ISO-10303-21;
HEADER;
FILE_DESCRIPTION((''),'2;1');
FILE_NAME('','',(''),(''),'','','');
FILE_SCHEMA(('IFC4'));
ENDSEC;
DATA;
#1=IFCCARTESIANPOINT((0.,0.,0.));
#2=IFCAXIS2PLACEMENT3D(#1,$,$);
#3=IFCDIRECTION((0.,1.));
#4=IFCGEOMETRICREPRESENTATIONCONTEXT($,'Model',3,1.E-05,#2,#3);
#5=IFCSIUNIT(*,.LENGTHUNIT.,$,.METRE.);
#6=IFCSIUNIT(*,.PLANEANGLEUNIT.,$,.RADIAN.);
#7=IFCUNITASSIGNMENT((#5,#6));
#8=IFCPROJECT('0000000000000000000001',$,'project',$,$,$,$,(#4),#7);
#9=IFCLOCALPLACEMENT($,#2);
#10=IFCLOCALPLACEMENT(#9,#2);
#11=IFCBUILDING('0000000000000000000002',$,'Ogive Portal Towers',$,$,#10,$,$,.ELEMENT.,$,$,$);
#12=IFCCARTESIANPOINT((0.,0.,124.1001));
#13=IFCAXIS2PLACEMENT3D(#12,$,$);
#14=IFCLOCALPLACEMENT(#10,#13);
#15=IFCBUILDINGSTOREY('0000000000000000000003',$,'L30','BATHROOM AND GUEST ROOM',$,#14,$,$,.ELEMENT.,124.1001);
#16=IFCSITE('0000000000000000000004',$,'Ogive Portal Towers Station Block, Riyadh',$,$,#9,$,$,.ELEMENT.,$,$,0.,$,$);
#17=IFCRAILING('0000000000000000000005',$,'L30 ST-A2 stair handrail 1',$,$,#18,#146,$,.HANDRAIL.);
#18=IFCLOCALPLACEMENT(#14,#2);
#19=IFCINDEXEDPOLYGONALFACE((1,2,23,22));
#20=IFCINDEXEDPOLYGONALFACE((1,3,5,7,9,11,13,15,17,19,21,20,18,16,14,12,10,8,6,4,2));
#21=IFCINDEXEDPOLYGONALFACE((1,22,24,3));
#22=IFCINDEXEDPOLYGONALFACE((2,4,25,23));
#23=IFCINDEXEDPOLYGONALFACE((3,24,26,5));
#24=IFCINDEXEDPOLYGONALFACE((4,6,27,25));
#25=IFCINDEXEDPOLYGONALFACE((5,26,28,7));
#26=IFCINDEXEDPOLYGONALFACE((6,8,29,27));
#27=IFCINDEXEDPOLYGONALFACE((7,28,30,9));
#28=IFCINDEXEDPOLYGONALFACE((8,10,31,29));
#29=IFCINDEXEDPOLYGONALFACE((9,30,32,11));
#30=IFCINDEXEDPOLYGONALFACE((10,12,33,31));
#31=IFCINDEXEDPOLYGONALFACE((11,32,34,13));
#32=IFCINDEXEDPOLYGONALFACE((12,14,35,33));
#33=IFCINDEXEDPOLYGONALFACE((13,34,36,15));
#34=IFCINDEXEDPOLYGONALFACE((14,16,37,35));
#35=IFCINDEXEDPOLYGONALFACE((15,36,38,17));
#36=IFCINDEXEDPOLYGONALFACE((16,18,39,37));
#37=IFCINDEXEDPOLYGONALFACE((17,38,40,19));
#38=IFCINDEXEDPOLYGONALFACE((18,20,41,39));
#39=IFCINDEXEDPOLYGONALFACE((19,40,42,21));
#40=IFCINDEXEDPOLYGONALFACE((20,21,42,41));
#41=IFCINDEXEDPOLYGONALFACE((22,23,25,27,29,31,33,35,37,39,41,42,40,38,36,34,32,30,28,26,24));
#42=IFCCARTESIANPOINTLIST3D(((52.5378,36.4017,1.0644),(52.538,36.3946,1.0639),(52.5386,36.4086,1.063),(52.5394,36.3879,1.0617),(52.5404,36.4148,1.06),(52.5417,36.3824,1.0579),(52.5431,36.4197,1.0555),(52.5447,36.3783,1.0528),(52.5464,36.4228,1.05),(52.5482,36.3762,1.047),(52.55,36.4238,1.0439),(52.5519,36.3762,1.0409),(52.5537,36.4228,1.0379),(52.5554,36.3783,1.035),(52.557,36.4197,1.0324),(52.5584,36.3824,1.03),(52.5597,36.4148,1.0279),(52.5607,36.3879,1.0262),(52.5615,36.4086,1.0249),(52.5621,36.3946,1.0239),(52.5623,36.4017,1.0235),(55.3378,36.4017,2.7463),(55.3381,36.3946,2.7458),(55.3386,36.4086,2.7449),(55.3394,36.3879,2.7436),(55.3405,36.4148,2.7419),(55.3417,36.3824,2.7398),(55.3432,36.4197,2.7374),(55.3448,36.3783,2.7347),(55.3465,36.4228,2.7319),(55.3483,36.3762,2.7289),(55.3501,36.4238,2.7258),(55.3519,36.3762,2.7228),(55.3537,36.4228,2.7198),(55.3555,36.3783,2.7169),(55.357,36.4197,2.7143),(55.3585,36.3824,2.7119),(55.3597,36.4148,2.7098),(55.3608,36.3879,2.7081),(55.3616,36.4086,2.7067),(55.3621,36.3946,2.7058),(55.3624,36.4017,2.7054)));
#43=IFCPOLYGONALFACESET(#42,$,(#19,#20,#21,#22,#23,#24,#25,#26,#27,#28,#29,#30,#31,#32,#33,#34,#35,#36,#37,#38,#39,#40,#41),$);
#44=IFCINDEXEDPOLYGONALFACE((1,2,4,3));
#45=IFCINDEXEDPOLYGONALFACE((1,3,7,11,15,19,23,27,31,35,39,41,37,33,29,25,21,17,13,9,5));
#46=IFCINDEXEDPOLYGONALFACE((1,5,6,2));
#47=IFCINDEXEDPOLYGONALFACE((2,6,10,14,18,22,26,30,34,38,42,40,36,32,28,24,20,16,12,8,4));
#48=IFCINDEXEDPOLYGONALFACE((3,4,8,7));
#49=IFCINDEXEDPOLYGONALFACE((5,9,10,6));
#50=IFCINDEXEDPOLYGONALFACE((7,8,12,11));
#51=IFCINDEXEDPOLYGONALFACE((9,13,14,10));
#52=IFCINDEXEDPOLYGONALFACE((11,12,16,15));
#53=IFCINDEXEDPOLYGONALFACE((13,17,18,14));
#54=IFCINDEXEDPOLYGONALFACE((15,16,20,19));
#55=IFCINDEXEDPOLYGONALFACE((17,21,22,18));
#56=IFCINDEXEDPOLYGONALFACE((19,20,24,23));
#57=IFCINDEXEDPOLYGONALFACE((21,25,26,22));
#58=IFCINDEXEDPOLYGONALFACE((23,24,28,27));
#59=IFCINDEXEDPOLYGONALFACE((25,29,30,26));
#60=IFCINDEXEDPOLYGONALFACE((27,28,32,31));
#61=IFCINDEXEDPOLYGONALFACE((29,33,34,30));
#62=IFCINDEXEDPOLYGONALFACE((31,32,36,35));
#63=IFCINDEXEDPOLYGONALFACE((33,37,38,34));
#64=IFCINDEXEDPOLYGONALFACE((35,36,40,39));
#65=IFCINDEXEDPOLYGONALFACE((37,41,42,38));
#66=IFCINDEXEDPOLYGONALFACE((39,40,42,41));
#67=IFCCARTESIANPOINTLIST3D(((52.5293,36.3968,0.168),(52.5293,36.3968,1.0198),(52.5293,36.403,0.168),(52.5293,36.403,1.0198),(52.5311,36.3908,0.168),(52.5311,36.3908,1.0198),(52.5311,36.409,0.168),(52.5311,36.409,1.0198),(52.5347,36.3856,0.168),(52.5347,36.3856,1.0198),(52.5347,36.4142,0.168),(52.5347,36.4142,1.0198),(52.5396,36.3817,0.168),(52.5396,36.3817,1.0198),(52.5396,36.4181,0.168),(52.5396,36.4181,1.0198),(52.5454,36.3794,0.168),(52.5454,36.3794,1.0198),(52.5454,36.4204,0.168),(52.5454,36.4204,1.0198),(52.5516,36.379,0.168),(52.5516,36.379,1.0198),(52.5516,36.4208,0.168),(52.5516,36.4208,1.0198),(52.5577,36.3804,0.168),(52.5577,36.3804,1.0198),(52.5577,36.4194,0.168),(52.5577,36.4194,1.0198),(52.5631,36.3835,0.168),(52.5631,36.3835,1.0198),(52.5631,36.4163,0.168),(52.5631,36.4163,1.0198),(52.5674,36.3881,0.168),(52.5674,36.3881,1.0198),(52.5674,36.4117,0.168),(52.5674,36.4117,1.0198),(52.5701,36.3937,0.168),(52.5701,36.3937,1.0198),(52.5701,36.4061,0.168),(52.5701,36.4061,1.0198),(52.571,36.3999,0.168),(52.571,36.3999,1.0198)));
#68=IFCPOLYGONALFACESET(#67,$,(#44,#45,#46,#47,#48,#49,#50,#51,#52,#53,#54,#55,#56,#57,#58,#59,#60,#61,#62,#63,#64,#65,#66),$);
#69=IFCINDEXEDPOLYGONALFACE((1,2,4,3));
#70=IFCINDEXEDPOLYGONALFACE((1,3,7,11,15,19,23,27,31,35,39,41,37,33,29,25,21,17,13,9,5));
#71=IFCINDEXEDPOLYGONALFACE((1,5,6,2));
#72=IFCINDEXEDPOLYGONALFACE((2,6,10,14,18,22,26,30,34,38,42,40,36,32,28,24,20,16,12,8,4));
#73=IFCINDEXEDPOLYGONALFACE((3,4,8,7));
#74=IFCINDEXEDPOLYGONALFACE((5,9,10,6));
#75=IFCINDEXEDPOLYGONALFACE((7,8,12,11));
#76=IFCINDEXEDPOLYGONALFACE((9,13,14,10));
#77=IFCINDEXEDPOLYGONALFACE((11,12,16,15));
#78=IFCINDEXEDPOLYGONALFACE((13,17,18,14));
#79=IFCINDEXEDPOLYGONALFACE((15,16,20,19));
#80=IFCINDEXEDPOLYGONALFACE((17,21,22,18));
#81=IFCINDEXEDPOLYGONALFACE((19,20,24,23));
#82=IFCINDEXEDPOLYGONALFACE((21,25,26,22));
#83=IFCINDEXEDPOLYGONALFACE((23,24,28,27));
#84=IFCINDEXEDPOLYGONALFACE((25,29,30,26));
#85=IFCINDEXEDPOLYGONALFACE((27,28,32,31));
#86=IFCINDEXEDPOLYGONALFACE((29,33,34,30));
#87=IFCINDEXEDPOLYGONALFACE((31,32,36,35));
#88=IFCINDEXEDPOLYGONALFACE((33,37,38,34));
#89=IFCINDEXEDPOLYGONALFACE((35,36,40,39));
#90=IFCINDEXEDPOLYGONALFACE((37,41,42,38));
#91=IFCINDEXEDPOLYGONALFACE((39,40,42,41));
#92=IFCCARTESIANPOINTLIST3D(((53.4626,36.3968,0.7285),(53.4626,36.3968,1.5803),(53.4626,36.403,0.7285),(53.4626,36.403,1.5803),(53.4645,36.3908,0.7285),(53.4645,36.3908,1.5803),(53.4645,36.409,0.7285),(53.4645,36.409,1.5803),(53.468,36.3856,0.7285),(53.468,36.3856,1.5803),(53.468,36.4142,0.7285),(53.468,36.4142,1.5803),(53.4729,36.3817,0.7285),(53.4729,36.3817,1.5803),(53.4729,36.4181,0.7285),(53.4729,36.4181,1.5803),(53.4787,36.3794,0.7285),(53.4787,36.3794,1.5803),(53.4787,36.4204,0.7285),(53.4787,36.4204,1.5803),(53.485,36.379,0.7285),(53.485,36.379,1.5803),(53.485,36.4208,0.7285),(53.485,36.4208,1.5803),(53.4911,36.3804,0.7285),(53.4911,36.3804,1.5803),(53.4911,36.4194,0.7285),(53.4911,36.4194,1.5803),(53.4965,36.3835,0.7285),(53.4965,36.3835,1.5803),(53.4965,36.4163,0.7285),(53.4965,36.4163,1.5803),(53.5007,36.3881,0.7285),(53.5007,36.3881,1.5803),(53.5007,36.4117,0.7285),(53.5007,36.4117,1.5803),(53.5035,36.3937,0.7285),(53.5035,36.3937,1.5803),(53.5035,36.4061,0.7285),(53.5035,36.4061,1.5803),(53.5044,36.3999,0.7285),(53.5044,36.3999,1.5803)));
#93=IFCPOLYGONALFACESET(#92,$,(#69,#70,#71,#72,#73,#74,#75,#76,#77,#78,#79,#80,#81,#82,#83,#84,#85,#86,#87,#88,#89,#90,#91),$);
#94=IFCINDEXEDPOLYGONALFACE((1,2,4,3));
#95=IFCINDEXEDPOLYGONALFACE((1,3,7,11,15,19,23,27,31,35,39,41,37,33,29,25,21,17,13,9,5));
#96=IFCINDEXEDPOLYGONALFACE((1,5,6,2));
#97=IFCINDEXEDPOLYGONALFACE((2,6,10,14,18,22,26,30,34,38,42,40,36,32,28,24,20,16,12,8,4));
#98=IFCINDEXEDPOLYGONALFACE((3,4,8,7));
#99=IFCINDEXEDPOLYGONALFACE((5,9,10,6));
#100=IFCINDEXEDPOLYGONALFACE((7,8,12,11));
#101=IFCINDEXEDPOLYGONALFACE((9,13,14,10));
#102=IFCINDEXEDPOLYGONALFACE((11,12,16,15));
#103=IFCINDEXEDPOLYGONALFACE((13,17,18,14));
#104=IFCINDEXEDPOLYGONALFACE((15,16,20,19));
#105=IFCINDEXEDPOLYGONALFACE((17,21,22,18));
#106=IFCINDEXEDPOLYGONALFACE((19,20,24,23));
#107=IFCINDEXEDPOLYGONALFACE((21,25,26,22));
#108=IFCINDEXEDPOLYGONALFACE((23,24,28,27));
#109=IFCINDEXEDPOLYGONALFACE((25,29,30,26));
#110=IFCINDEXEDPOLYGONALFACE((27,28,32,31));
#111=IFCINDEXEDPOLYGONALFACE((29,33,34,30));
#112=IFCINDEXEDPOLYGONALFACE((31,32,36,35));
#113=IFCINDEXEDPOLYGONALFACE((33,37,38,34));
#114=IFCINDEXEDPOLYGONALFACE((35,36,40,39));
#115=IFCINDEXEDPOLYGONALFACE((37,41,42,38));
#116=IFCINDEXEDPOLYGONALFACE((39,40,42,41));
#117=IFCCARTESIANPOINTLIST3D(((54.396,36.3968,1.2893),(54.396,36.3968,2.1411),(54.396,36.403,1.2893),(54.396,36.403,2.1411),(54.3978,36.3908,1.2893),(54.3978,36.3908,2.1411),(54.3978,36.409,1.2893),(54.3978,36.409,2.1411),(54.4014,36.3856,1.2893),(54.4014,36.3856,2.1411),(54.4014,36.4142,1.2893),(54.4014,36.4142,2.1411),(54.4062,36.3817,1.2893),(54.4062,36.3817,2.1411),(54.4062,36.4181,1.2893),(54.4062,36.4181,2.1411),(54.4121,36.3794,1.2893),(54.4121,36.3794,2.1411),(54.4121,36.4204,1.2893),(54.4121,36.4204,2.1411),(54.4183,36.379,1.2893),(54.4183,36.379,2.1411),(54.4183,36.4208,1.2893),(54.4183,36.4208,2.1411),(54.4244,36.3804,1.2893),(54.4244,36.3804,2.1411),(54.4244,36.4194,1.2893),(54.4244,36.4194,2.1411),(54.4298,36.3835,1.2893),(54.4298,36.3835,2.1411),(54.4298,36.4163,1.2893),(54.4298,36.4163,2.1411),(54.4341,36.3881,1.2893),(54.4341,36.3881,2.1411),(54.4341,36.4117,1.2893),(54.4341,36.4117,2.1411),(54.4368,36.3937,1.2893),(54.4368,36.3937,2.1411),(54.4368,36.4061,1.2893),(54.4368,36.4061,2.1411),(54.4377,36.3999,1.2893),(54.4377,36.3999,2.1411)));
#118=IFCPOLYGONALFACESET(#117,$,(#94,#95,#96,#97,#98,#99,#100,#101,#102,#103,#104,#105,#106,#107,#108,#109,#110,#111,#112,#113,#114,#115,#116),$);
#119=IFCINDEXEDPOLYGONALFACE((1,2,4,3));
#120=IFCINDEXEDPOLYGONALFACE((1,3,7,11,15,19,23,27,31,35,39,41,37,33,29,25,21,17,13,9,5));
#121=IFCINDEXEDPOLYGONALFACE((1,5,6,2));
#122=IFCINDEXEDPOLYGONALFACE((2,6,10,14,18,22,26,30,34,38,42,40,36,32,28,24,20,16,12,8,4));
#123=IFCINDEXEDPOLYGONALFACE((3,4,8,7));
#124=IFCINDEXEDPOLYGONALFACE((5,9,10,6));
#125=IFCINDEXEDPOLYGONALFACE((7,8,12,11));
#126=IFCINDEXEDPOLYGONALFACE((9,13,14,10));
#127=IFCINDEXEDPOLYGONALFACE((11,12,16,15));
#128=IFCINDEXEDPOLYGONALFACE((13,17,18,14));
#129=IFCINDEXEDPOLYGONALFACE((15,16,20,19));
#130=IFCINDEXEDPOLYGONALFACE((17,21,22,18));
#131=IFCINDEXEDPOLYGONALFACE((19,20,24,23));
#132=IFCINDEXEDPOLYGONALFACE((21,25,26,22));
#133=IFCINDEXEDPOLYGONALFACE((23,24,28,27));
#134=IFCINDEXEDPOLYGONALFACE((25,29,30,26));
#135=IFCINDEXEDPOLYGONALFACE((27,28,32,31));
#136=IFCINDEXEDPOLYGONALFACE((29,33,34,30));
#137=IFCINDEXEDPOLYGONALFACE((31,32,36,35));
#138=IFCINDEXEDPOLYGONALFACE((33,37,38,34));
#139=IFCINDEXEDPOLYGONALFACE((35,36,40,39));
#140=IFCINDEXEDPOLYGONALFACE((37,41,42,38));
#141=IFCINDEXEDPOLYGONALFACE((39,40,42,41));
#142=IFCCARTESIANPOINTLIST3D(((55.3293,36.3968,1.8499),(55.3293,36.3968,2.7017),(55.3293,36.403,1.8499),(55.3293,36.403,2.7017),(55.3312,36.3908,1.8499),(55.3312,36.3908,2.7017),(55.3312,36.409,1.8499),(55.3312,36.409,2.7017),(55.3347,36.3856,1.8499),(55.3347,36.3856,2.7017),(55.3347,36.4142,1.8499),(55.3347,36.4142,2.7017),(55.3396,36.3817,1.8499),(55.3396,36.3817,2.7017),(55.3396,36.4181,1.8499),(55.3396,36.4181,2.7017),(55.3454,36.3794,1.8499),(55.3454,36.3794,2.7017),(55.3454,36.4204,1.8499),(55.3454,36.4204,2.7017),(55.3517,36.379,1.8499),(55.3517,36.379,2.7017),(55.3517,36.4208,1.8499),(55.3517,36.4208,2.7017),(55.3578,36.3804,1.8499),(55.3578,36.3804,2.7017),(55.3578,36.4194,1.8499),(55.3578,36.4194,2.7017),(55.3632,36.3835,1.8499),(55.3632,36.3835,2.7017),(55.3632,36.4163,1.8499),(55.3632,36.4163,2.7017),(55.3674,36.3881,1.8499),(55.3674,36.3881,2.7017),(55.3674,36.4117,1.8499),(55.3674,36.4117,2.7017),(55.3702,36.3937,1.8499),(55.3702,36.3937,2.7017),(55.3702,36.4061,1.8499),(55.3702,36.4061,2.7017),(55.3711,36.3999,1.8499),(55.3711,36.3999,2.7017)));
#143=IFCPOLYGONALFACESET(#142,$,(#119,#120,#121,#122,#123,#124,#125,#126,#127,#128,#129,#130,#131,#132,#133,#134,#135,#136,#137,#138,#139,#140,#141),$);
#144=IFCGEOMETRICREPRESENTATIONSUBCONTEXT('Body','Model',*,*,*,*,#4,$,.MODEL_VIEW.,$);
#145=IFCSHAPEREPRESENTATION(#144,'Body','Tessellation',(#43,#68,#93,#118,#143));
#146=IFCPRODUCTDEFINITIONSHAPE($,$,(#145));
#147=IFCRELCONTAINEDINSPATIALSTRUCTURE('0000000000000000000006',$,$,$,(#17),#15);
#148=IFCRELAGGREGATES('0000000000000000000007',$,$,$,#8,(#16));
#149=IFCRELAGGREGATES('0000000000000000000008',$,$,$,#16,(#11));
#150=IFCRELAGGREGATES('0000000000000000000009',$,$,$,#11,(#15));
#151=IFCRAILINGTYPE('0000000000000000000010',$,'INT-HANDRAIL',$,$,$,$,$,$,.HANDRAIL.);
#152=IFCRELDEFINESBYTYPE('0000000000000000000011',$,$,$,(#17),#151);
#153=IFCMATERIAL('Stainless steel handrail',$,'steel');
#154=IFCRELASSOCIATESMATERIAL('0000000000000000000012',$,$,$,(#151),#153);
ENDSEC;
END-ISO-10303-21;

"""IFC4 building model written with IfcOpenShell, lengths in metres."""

from ifc_helpers import new_model, si_unit, direction, frame, origin, origin_2d, place, context, subcontext, project, spatial, circle, extrude, material, type_object, element, save


model = new_model("IFC4")

# Units and contexts
model_context = context("Model", 3, precision=1e-05, world=origin(), true_north=direction((0.0, 1.0)))
body_context = subcontext(model_context, "Body", "Model", "MODEL_VIEW")
ifc_project = project(units=[si_unit("LENGTHUNIT", "METRE"), si_unit("PLANEANGLEUNIT", "RADIAN")], contexts=[model_context])

# Site, building, storey
site_placement = place(None, origin())
site = spatial("IfcSite", under=ifc_project, at=site_placement, Name="Ogive Portal Towers Station Block, Riyadh", CompositionType="ELEMENT", RefElevation=0.0)
building_placement = place(site_placement, origin())
building = spatial("IfcBuilding", under=site, at=building_placement, Name="Ogive Portal Towers", CompositionType="ELEMENT")
storey_placement = place(building_placement, frame((0.0, 0.0, 124.1001)))
storey = spatial("IfcBuildingStorey", under=building, at=storey_placement, Name="L30", Description="BATHROOM AND GUEST ROOM", CompositionType="ELEMENT", Elevation=124.1001)

# Railing
ifc_material_1 = material(Name="Stainless steel handrail", Category="steel")
railing_type_1 = type_object("IfcRailingType", Name="INT-HANDRAIL", PredefinedType="HANDRAIL", material=ifc_material_1)
railing_1_placement = place(storey_placement, frame((52.55, 36.3999, 0.168)))
element("IfcRailing", 1, at=railing_1_placement, inside=storey, type_object=railing_type_1, Name="L30 ST-A2 stair handrail 1", PredefinedType="HANDRAIL", context=body_context, shape_type="SweptSolid", body=[
    extrude(circle(Radius=0.0239, at=origin_2d()), frame((0.0, 0.0, 0.876), z_axis=(0.857242, 0.0, 0.514913), x_axis=(0.0, 1.0, 0.0)), (0.0, 0.0, 1.0), 3.2664),
    extrude(circle(Radius=0.021, at=origin_2d()), origin(), (0.0, 0.0, 1.0), 0.8518),
    extrude(circle(Radius=0.021, at=origin_2d()), frame((0.9333, 0.0, 0.5605)), (0.0, 0.0, 1.0), 0.8518),
    extrude(circle(Radius=0.021, at=origin_2d()), frame((1.8667, 0.0, 1.1213)), (0.0, 0.0, 1.0), 0.8518),
    extrude(circle(Radius=0.021, at=origin_2d()), frame((2.8, 0.0, 1.6819)), (0.0, 0.0, 1.0), 0.8518),
])

save(model, "model.ifc")
